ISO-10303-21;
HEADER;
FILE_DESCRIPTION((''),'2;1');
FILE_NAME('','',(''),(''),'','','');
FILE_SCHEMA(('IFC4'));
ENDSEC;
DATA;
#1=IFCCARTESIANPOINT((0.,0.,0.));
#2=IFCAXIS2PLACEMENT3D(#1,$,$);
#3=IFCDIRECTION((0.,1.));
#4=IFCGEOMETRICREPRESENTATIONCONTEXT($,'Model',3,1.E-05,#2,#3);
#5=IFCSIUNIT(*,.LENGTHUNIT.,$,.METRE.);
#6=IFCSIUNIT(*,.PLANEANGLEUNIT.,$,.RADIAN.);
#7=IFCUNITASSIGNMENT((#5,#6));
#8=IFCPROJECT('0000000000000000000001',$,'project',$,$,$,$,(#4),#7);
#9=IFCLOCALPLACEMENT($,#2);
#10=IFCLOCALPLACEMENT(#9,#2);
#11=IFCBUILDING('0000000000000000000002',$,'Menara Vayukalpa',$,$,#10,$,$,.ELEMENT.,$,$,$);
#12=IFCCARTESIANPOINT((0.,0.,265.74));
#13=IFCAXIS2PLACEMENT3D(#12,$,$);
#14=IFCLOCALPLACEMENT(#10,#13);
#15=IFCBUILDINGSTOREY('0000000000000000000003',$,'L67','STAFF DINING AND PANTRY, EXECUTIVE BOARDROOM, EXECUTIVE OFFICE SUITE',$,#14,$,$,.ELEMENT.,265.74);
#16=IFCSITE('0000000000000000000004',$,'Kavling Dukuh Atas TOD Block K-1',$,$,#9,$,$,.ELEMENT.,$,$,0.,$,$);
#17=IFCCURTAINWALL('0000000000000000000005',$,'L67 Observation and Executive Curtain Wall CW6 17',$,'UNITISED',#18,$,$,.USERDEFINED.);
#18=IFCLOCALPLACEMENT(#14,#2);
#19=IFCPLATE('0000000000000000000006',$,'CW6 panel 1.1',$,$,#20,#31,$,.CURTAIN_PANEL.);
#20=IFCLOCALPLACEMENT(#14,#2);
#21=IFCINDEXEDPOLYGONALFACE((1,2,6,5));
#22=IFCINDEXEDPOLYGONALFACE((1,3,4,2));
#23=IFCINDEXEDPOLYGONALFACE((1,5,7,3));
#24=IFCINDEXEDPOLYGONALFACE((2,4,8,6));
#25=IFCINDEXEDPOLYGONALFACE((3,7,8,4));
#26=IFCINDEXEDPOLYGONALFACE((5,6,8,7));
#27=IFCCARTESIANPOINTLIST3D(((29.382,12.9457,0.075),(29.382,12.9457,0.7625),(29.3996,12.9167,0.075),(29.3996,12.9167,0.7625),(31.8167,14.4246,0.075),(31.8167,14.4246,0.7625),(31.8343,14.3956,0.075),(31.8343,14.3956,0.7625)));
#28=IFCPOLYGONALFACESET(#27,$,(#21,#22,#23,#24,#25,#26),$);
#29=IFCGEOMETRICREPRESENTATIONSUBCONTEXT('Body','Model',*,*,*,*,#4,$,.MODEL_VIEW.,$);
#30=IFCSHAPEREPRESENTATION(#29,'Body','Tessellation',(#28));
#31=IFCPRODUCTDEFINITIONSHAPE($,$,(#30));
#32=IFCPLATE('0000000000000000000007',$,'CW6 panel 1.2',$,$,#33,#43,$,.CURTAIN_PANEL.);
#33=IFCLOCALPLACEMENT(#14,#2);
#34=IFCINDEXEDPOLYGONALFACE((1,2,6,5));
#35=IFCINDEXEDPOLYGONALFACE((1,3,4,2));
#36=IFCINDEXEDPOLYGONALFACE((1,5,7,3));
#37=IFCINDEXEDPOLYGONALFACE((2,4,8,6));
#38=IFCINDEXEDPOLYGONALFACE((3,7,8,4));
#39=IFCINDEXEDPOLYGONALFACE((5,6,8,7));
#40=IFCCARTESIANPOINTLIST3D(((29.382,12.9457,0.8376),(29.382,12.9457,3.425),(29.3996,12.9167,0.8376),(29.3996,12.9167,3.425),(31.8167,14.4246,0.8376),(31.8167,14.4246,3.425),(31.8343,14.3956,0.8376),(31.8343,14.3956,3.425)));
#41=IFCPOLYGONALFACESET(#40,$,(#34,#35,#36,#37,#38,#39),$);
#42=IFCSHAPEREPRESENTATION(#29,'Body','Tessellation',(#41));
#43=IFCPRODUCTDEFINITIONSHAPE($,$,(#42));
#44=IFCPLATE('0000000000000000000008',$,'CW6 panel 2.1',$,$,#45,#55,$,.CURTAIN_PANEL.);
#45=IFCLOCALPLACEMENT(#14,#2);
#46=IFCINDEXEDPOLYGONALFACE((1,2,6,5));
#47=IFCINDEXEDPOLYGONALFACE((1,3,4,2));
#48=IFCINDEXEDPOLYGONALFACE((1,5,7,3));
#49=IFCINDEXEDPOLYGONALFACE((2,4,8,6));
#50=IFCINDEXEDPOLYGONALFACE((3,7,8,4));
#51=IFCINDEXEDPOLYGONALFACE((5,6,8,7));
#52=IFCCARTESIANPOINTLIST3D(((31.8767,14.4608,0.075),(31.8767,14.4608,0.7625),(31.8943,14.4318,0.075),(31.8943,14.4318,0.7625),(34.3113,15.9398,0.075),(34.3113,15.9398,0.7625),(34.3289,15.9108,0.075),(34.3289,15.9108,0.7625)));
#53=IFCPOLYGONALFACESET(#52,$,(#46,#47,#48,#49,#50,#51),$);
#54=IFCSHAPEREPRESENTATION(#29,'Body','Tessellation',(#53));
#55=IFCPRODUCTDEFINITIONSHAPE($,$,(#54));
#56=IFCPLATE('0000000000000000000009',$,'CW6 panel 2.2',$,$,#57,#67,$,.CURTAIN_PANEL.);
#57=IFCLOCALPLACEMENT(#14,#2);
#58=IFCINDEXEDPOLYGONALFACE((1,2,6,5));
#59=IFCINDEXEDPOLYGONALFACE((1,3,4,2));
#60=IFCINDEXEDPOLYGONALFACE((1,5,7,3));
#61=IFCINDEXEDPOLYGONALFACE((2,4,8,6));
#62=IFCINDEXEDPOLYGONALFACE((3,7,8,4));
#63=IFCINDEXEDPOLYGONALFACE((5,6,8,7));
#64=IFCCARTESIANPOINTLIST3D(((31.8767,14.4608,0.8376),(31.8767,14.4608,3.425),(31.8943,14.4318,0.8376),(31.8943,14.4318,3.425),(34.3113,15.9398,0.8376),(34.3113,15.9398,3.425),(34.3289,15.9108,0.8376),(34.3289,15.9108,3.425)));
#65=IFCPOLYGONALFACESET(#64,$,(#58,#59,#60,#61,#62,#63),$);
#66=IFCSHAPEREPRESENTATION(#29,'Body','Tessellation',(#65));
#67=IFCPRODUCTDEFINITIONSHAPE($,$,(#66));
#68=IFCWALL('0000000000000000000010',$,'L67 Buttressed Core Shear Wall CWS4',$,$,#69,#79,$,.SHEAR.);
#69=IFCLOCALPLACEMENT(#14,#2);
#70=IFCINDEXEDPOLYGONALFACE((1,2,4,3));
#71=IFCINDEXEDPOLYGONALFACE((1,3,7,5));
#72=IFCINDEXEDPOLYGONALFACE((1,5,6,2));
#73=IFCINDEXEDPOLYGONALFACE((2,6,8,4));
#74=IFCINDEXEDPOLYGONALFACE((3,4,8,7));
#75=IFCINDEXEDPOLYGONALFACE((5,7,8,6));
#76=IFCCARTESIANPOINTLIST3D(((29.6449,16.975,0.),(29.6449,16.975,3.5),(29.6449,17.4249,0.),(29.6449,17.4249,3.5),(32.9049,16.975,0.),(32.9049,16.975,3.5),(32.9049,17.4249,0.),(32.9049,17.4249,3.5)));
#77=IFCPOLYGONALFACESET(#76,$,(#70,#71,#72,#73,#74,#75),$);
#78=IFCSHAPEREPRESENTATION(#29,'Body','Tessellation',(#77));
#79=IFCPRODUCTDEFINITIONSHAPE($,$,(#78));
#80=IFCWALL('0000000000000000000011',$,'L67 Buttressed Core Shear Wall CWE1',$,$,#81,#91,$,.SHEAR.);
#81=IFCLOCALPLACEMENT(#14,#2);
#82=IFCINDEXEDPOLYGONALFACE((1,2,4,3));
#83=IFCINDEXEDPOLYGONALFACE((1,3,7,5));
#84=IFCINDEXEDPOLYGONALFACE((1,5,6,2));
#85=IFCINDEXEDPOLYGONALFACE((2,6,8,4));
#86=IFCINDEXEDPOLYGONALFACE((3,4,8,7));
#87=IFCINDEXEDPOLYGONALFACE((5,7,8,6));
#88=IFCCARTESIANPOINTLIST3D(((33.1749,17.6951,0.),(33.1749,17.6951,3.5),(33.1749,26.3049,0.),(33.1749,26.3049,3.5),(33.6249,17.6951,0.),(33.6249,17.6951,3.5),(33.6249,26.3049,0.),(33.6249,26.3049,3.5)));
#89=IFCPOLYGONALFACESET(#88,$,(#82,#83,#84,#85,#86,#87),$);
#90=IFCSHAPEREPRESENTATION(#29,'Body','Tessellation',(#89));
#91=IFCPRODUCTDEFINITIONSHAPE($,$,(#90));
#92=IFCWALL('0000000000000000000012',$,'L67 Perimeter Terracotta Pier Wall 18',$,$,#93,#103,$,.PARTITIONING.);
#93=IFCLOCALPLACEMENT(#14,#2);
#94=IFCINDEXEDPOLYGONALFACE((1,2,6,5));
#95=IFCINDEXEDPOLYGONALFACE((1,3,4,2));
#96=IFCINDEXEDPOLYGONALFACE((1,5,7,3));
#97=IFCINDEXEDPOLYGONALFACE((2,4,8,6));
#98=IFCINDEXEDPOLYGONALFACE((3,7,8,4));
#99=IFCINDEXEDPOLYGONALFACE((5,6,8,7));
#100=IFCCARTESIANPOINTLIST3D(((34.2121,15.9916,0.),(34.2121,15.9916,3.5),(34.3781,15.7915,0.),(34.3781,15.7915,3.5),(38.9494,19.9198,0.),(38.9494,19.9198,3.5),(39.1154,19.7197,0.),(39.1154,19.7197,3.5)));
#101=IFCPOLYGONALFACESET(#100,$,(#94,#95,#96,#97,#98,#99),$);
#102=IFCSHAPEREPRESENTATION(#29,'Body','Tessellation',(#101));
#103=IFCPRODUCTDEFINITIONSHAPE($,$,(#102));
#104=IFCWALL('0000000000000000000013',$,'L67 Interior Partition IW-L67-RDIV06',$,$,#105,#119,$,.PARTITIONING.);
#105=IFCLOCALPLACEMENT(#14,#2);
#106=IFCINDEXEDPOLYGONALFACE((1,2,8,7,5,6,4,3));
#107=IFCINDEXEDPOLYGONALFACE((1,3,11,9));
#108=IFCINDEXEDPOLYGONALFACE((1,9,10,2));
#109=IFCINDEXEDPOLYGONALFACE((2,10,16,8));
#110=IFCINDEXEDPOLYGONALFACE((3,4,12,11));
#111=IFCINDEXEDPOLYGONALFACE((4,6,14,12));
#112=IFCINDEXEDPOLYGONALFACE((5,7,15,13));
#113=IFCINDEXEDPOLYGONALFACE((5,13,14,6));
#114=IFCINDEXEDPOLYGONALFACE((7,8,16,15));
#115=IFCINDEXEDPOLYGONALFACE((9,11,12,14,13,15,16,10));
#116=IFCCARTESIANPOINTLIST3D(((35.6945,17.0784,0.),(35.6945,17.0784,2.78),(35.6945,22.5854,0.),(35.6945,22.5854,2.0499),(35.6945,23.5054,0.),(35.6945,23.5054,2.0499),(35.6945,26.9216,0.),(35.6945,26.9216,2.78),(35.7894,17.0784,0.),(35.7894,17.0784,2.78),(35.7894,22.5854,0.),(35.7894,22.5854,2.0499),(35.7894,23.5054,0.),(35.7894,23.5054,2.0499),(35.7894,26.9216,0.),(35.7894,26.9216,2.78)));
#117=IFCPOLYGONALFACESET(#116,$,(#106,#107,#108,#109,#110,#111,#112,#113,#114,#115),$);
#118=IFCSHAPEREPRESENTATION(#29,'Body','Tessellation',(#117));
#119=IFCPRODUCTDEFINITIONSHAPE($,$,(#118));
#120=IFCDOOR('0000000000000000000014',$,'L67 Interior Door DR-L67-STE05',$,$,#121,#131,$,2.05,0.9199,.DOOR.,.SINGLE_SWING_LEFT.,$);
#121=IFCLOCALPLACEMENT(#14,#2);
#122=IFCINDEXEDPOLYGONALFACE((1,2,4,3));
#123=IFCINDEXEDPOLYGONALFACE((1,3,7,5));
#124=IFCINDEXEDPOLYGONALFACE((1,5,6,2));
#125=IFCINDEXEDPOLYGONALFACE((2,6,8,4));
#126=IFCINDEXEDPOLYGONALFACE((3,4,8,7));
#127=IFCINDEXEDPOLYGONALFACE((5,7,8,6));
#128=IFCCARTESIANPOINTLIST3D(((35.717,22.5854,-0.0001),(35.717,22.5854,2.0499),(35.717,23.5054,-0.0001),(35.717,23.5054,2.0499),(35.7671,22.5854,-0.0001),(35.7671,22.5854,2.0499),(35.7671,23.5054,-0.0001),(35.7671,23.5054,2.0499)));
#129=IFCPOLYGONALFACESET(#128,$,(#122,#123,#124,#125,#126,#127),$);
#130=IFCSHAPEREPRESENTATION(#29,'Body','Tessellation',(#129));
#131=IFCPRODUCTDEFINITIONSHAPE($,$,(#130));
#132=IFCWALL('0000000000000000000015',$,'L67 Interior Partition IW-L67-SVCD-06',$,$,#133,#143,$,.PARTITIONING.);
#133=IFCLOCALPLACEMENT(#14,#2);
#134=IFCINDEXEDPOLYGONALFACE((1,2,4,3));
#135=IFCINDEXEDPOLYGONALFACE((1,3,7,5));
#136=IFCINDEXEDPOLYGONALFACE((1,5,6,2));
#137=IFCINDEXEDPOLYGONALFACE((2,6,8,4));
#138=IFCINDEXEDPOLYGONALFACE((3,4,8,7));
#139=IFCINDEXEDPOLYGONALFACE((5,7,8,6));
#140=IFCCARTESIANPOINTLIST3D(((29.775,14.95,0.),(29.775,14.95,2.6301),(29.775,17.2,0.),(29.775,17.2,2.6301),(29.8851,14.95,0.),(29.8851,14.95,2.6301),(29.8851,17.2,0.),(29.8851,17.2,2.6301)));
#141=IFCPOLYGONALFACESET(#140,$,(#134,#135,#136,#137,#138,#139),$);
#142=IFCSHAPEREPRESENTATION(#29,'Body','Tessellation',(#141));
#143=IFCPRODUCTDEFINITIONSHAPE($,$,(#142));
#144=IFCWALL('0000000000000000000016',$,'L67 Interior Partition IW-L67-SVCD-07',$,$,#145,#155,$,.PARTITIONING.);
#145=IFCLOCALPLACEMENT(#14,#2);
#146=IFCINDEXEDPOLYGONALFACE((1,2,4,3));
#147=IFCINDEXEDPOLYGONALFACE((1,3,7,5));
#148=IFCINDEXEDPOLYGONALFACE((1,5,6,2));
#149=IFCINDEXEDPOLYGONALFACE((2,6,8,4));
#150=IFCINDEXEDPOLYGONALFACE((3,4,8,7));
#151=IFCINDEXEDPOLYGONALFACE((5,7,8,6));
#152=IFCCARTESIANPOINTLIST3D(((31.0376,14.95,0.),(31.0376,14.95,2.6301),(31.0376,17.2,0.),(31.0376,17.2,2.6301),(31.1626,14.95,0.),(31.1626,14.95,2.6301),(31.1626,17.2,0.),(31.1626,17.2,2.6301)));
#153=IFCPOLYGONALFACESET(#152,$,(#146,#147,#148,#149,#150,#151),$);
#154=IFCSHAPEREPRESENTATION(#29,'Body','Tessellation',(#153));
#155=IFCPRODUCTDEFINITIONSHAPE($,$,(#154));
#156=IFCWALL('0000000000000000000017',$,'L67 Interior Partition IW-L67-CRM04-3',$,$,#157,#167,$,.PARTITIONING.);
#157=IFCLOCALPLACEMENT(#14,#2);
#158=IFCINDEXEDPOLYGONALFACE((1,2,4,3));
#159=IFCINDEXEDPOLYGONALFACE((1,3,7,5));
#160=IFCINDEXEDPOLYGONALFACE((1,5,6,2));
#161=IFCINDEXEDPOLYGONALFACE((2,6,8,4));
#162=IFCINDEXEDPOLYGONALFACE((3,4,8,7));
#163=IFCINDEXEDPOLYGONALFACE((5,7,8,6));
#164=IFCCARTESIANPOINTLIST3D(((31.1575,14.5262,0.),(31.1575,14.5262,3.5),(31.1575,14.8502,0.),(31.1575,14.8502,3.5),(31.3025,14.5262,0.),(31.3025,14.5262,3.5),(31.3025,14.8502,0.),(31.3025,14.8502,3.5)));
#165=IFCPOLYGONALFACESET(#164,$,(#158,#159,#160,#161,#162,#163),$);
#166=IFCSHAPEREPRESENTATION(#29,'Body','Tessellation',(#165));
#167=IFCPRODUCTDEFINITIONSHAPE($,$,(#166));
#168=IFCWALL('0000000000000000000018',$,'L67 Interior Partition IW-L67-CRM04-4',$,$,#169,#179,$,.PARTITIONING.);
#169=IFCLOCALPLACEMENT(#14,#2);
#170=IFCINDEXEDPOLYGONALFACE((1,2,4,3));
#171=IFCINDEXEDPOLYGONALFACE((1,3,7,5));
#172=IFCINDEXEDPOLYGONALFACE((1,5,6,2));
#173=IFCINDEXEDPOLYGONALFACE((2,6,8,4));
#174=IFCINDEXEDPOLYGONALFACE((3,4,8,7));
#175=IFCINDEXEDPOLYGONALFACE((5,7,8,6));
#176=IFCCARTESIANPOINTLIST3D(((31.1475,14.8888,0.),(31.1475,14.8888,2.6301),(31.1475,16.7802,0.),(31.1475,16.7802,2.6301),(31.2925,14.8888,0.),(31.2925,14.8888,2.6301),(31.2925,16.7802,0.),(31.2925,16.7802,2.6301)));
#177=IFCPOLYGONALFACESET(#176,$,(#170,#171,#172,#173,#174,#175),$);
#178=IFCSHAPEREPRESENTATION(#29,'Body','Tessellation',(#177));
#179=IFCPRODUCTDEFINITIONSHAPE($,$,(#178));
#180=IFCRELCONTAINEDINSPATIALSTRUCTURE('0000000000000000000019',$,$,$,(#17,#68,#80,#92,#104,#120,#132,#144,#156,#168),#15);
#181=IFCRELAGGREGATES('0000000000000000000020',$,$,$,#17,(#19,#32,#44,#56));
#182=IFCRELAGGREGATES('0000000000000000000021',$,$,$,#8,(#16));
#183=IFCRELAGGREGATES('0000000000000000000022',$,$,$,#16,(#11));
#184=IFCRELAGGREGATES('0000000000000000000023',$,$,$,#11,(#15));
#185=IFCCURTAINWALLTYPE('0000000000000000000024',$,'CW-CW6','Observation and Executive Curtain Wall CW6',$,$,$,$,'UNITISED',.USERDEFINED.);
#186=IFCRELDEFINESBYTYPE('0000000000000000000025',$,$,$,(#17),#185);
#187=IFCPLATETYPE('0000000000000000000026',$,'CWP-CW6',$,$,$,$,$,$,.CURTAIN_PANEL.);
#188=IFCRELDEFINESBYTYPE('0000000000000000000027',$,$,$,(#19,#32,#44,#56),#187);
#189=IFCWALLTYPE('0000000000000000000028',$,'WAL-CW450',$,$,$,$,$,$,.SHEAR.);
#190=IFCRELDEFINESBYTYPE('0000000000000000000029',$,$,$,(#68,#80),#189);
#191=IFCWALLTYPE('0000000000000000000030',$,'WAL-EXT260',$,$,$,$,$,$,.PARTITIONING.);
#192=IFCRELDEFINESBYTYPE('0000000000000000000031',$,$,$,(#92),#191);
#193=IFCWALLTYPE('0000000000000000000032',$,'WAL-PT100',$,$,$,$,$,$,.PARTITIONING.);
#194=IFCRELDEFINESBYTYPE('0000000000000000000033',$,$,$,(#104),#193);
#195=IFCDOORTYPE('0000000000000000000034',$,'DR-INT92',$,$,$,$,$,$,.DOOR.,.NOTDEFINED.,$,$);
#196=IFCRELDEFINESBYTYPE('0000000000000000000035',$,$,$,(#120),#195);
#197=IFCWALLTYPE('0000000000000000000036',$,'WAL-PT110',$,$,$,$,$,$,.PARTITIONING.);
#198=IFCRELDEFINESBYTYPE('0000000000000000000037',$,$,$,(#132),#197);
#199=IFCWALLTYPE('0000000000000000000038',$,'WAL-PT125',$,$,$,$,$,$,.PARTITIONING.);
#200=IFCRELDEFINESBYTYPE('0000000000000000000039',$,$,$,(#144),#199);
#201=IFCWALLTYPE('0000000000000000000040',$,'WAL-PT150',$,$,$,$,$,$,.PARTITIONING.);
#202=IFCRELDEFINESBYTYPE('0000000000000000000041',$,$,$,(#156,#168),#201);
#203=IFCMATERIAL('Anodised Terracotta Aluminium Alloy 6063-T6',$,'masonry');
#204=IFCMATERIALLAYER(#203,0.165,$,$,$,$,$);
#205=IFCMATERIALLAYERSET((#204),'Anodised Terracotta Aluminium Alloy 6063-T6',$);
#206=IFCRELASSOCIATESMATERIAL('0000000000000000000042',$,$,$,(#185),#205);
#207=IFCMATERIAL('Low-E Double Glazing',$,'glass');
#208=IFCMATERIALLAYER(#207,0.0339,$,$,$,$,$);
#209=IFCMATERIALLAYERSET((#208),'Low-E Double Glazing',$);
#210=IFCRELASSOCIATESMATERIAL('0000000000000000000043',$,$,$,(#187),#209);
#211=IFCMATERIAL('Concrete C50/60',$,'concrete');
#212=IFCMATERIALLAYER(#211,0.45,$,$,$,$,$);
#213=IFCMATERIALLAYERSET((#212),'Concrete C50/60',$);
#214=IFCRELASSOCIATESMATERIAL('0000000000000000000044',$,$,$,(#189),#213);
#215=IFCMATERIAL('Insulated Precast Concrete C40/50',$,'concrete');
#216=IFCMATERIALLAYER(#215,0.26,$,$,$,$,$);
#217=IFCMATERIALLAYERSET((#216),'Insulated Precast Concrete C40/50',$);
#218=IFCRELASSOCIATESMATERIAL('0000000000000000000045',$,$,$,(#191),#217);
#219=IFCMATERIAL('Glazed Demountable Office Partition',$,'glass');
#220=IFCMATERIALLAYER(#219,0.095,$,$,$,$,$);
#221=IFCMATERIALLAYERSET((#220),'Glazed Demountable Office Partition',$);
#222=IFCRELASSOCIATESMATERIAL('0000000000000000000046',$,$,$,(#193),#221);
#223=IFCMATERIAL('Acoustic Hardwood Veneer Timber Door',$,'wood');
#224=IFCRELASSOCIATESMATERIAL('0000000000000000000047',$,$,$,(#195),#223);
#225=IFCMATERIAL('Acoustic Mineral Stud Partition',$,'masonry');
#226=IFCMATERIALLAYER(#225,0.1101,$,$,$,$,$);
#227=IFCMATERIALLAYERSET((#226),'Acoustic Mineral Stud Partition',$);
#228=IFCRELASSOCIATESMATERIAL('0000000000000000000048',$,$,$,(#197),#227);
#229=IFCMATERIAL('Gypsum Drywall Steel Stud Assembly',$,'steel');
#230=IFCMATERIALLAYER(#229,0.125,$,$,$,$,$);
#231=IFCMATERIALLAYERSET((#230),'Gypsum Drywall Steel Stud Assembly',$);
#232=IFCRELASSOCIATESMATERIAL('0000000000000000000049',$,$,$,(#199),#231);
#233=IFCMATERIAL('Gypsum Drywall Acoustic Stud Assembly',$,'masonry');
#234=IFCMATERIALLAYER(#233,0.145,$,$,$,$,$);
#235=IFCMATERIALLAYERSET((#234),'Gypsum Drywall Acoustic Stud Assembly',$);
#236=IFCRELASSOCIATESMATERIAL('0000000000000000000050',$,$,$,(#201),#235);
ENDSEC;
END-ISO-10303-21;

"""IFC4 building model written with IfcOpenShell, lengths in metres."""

from ifc_helpers import new_model, si_unit, direction, frame, frame_2d, origin, origin_2d, place, context, subcontext, project, spatial, rectangle, extrude, material, layer, layer_set, type_object, element, fill, aggregate, save


model = new_model("IFC4")

# Units and contexts
model_context = context("Model", 3, precision=1e-05, world=origin(), true_north=direction((0.0, 1.0)))
body_context = subcontext(model_context, "Body", "Model", "MODEL_VIEW")
ifc_project = project(units=[si_unit("LENGTHUNIT", "METRE"), si_unit("PLANEANGLEUNIT", "RADIAN")], contexts=[model_context])

# Site, building, storey
site_placement = place(None, origin())
site = spatial("IfcSite", under=ifc_project, at=site_placement, Name="Kavling Dukuh Atas TOD Block K-1", CompositionType="ELEMENT", RefElevation=0.0)
building_placement = place(site_placement, origin())
building = spatial("IfcBuilding", under=site, at=building_placement, Name="Menara Vayukalpa", CompositionType="ELEMENT")
storey_placement = place(building_placement, frame((0.0, 0.0, 265.74)))
storey = spatial("IfcBuildingStorey", under=building, at=storey_placement, Name="L67", Description="STAFF DINING AND PANTRY, EXECUTIVE BOARDROOM, EXECUTIVE OFFICE SUITE", CompositionType="ELEMENT", Elevation=265.74)

# Curtain wall, plates
ifc_material_1 = material(Name="Anodised Terracotta Aluminium Alloy 6063-T6", Category="masonry")
ifc_layer_1 = layer(ifc_material_1, 0.165)
ifc_layer_set_1 = layer_set([ifc_layer_1], Name="Anodised Terracotta Aluminium Alloy 6063-T6")
curtain_wall_type = type_object("IfcCurtainWallType", Name="CW-CW6", Description="Observation and Executive Curtain Wall CW6", ElementType="UNITISED", PredefinedType="USERDEFINED", material=ifc_layer_set_1)
curtain_wall_placement = place(storey_placement, origin())
curtain_wall = element("IfcCurtainWall", 1, at=curtain_wall_placement, inside=storey, type_object=curtain_wall_type, Name="L67 Observation and Executive Curtain Wall CW6 17", ObjectType="UNITISED", PredefinedType="USERDEFINED")
ifc_material_2 = material(Name="Low-E Double Glazing", Category="glass")
ifc_layer_2 = layer(ifc_material_2, 0.0339)
ifc_layer_set_2 = layer_set([ifc_layer_2], Name="Low-E Double Glazing")
plate_type = type_object("IfcPlateType", Name="CWP-CW6", PredefinedType="CURTAIN_PANEL", material=ifc_layer_set_2)
plate_1_placement = place(storey_placement, frame((30.6082, 13.6707, 0.075), z_axis=(0.0, 0.0, 1.0), x_axis=(0.854668, 0.519176, 0.0)))
plate_1 = element("IfcPlate", 2, at=plate_1_placement, type_object=plate_type, Name="CW6 panel 1.1", PredefinedType="CURTAIN_PANEL", context=body_context, shape_type="SweptSolid", body=[
    extrude(rectangle(XDim=2.8486, YDim=0.0339, at=origin_2d()), origin(), (0.0, 0.0, 1.0), 0.6875),
])
plate_2_placement = place(storey_placement, frame((30.6082, 13.6707, 0.8376), z_axis=(0.0, 0.0, 1.0), x_axis=(0.854668, 0.519176, 0.0)))
plate_2 = element("IfcPlate", 3, at=plate_2_placement, type_object=plate_type, Name="CW6 panel 1.2", PredefinedType="CURTAIN_PANEL", context=body_context, shape_type="SweptSolid", body=[
    extrude(rectangle(XDim=2.8486, YDim=0.0339, at=origin_2d()), origin(), (0.0, 0.0, 1.0), 2.5874),
])
plate_3_placement = place(storey_placement, frame((33.1028, 15.1858, 0.075), z_axis=(0.0, 0.0, 1.0), x_axis=(0.854668, 0.519176, 0.0)))
plate_3 = element("IfcPlate", 4, at=plate_3_placement, type_object=plate_type, Name="CW6 panel 2.1", PredefinedType="CURTAIN_PANEL", context=body_context, shape_type="SweptSolid", body=[
    extrude(rectangle(XDim=2.8486, YDim=0.0339, at=origin_2d()), origin(), (0.0, 0.0, 1.0), 0.6875),
])
plate_4_placement = place(storey_placement, frame((33.1028, 15.1858, 0.8376), z_axis=(0.0, 0.0, 1.0), x_axis=(0.854668, 0.519176, 0.0)))
plate_4 = element("IfcPlate", 5, at=plate_4_placement, type_object=plate_type, Name="CW6 panel 2.2", PredefinedType="CURTAIN_PANEL", context=body_context, shape_type="SweptSolid", body=[
    extrude(rectangle(XDim=2.8486, YDim=0.0339, at=origin_2d()), origin(), (0.0, 0.0, 1.0), 2.5874),
])
aggregate(curtain_wall, [plate_1, plate_2, plate_3, plate_4])

# Walls
ifc_material_3 = material(Name="Concrete C50/60", Category="concrete")
ifc_layer_3 = layer(ifc_material_3, 0.45)
ifc_layer_set_3 = layer_set([ifc_layer_3], Name="Concrete C50/60")
wall_type_1 = type_object("IfcWallType", Name="WAL-CW450", PredefinedType="SHEAR", material=ifc_layer_set_3)
wall_1_placement = place(storey_placement, frame((29.645, 17.2, 0.0), z_axis=(0.0, 0.0, 1.0), x_axis=(1.0, 0.0, 0.0)))
element("IfcWall", 6, at=wall_1_placement, inside=storey, type_object=wall_type_1, Name="L67 Buttressed Core Shear Wall CWS4", PredefinedType="SHEAR", context=body_context, shape_type="SweptSolid", body=[
    extrude(rectangle(XDim=3.26, YDim=0.45, at=frame_2d((1.6299, 0.0))), origin(), (0.0, 0.0, 1.0), 3.5),
])
wall_2_placement = place(storey_placement, frame((33.3999, 17.6951, 0.0), z_axis=(0.0, 0.0, 1.0), x_axis=(0.0, 1.0, 0.0)))
element("IfcWall", 7, at=wall_2_placement, inside=storey, type_object=wall_type_1, Name="L67 Buttressed Core Shear Wall CWE1", PredefinedType="SHEAR", context=body_context, shape_type="SweptSolid", body=[
    extrude(rectangle(XDim=8.6099, YDim=0.45, at=frame_2d((4.3049, 0.0))), origin(), (0.0, 0.0, 1.0), 3.5),
])
ifc_material_4 = material(Name="Insulated Precast Concrete C40/50", Category="concrete")
ifc_layer_4 = layer(ifc_material_4, 0.26)
ifc_layer_set_4 = layer_set([ifc_layer_4], Name="Insulated Precast Concrete C40/50")
wall_type_2 = type_object("IfcWallType", Name="WAL-EXT260", PredefinedType="PARTITIONING", material=ifc_layer_set_4)
wall_3_placement = place(storey_placement, frame((39.0325, 19.8198, 0.0), z_axis=(0.0, 0.0, 1.0), x_axis=(-0.76978, -0.638309, 0.0)))
element("IfcWall", 8, at=wall_3_placement, inside=storey, type_object=wall_type_2, Name="L67 Perimeter Terracotta Pier Wall 18", PredefinedType="PARTITIONING", context=body_context, shape_type="SweptSolid", body=[
    extrude(rectangle(XDim=6.1541, YDim=0.26, at=frame_2d((3.0771, 0.0))), origin(), (0.0, 0.0, 1.0), 3.5),
])

# Wall, opening, door
ifc_material_5 = material(Name="Glazed Demountable Office Partition", Category="glass")
ifc_layer_5 = layer(ifc_material_5, 0.095)
ifc_layer_set_5 = layer_set([ifc_layer_5], Name="Glazed Demountable Office Partition")
wall_type_3 = type_object("IfcWallType", Name="WAL-PT100", PredefinedType="PARTITIONING", material=ifc_layer_set_5)
wall_4_placement = place(storey_placement, frame((35.7419, 17.0784, 0.0), z_axis=(0.0, 0.0, 1.0), x_axis=(0.0, 1.0, 0.0)))
wall_4 = element("IfcWall", 9, at=wall_4_placement, inside=storey, type_object=wall_type_3, Name="L67 Interior Partition IW-L67-RDIV06", PredefinedType="PARTITIONING", context=body_context, shape_type="SweptSolid", body=[
    extrude(rectangle(XDim=9.8433, YDim=0.095, at=frame_2d((4.9216, 0.0))), origin(), (0.0, 0.0, 1.0), 2.78),
])
opening_placement = place(wall_4_placement, frame((5.5071, 0.0, 0.0)))
opening = element("IfcOpeningElement", 10, at=opening_placement, cuts=wall_4, PredefinedType="OPENING", context=body_context, shape_type="SweptSolid", body=[
    extrude(rectangle(XDim=0.9199, YDim=2.05, at=frame_2d((0.46, 1.0249))), frame((0.0, 0.0574, 0.0), z_axis=(0.0, -1.0, 0.0), x_axis=(1.0, 0.0, 0.0)), (0.0, 0.0, 1.0), 0.115),
])
ifc_material_6 = material(Name="Acoustic Hardwood Veneer Timber Door", Category="wood")
door_type = type_object("IfcDoorType", Name="DR-INT92", OperationType="NOTDEFINED", PredefinedType="DOOR", material=ifc_material_6)
door_placement = place(opening_placement, origin())
door = element("IfcDoor", 11, at=door_placement, inside=storey, type_object=door_type, Name="L67 Interior Door DR-L67-STE05", OperationType="SINGLE_SWING_LEFT", OverallHeight=2.05, OverallWidth=0.9199, PredefinedType="DOOR", context=body_context, shape_type="SweptSolid", body=[
    extrude(rectangle(XDim=0.9199, YDim=2.05, at=frame_2d((0.46, 1.0249))), frame((0.0, 0.0249, 0.0), z_axis=(0.0, -1.0, 0.0), x_axis=(1.0, 0.0, 0.0)), (0.0, 0.0, 1.0), 0.05),
])
fill(opening, door)

# Walls
ifc_material_7 = material(Name="Acoustic Mineral Stud Partition", Category="masonry")
ifc_layer_6 = layer(ifc_material_7, 0.1101)
ifc_layer_set_6 = layer_set([ifc_layer_6], Name="Acoustic Mineral Stud Partition")
wall_type_4 = type_object("IfcWallType", Name="WAL-PT110", PredefinedType="PARTITIONING", material=ifc_layer_set_6)
wall_5_placement = place(storey_placement, frame((29.8301, 14.95, 0.0), z_axis=(0.0, 0.0, 1.0), x_axis=(0.0, 1.0, 0.0)))
element("IfcWall", 12, at=wall_5_placement, inside=storey, type_object=wall_type_4, Name="L67 Interior Partition IW-L67-SVCD-06", PredefinedType="PARTITIONING", context=body_context, shape_type="SweptSolid", body=[
    extrude(rectangle(XDim=2.25, YDim=0.1101, at=frame_2d((1.125, 0.0))), origin(), (0.0, 0.0, 1.0), 2.6301),
])
ifc_material_8 = material(Name="Gypsum Drywall Steel Stud Assembly", Category="steel")
ifc_layer_7 = layer(ifc_material_8, 0.125)
ifc_layer_set_7 = layer_set([ifc_layer_7], Name="Gypsum Drywall Steel Stud Assembly")
wall_type_5 = type_object("IfcWallType", Name="WAL-PT125", PredefinedType="PARTITIONING", material=ifc_layer_set_7)
wall_6_placement = place(storey_placement, frame((31.1001, 14.95, 0.0), z_axis=(0.0, 0.0, 1.0), x_axis=(0.0, 1.0, 0.0)))
element("IfcWall", 13, at=wall_6_placement, inside=storey, type_object=wall_type_5, Name="L67 Interior Partition IW-L67-SVCD-07", PredefinedType="PARTITIONING", context=body_context, shape_type="SweptSolid", body=[
    extrude(rectangle(XDim=2.25, YDim=0.125, at=frame_2d((1.125, 0.0))), origin(), (0.0, 0.0, 1.0), 2.6301),
])
ifc_material_9 = material(Name="Gypsum Drywall Acoustic Stud Assembly", Category="masonry")
ifc_layer_8 = layer(ifc_material_9, 0.145)
ifc_layer_set_8 = layer_set([ifc_layer_8], Name="Gypsum Drywall Acoustic Stud Assembly")
wall_type_6 = type_object("IfcWallType", Name="WAL-PT150", PredefinedType="PARTITIONING", material=ifc_layer_set_8)
wall_7_placement = place(storey_placement, frame((31.23, 14.5261, 0.0), z_axis=(0.0, 0.0, 1.0), x_axis=(0.0, 1.0, 0.0)))
element("IfcWall", 14, at=wall_7_placement, inside=storey, type_object=wall_type_6, Name="L67 Interior Partition IW-L67-CRM04-3", PredefinedType="PARTITIONING", context=body_context, shape_type="SweptSolid", body=[
    extrude(rectangle(XDim=0.324, YDim=0.145, at=frame_2d((0.1621, 0.0))), origin(), (0.0, 0.0, 1.0), 3.5),
])
wall_8_placement = place(storey_placement, frame((31.22, 14.8887, 0.0), z_axis=(0.0, 0.0, 1.0), x_axis=(0.0, 1.0, 0.0)))
element("IfcWall", 15, at=wall_8_placement, inside=storey, type_object=wall_type_6, Name="L67 Interior Partition IW-L67-CRM04-4", PredefinedType="PARTITIONING", context=body_context, shape_type="SweptSolid", body=[
    extrude(rectangle(XDim=1.8914, YDim=0.145, at=frame_2d((0.9458, 0.0))), origin(), (0.0, 0.0, 1.0), 2.6301),
])

save(model, "model.ifc")
